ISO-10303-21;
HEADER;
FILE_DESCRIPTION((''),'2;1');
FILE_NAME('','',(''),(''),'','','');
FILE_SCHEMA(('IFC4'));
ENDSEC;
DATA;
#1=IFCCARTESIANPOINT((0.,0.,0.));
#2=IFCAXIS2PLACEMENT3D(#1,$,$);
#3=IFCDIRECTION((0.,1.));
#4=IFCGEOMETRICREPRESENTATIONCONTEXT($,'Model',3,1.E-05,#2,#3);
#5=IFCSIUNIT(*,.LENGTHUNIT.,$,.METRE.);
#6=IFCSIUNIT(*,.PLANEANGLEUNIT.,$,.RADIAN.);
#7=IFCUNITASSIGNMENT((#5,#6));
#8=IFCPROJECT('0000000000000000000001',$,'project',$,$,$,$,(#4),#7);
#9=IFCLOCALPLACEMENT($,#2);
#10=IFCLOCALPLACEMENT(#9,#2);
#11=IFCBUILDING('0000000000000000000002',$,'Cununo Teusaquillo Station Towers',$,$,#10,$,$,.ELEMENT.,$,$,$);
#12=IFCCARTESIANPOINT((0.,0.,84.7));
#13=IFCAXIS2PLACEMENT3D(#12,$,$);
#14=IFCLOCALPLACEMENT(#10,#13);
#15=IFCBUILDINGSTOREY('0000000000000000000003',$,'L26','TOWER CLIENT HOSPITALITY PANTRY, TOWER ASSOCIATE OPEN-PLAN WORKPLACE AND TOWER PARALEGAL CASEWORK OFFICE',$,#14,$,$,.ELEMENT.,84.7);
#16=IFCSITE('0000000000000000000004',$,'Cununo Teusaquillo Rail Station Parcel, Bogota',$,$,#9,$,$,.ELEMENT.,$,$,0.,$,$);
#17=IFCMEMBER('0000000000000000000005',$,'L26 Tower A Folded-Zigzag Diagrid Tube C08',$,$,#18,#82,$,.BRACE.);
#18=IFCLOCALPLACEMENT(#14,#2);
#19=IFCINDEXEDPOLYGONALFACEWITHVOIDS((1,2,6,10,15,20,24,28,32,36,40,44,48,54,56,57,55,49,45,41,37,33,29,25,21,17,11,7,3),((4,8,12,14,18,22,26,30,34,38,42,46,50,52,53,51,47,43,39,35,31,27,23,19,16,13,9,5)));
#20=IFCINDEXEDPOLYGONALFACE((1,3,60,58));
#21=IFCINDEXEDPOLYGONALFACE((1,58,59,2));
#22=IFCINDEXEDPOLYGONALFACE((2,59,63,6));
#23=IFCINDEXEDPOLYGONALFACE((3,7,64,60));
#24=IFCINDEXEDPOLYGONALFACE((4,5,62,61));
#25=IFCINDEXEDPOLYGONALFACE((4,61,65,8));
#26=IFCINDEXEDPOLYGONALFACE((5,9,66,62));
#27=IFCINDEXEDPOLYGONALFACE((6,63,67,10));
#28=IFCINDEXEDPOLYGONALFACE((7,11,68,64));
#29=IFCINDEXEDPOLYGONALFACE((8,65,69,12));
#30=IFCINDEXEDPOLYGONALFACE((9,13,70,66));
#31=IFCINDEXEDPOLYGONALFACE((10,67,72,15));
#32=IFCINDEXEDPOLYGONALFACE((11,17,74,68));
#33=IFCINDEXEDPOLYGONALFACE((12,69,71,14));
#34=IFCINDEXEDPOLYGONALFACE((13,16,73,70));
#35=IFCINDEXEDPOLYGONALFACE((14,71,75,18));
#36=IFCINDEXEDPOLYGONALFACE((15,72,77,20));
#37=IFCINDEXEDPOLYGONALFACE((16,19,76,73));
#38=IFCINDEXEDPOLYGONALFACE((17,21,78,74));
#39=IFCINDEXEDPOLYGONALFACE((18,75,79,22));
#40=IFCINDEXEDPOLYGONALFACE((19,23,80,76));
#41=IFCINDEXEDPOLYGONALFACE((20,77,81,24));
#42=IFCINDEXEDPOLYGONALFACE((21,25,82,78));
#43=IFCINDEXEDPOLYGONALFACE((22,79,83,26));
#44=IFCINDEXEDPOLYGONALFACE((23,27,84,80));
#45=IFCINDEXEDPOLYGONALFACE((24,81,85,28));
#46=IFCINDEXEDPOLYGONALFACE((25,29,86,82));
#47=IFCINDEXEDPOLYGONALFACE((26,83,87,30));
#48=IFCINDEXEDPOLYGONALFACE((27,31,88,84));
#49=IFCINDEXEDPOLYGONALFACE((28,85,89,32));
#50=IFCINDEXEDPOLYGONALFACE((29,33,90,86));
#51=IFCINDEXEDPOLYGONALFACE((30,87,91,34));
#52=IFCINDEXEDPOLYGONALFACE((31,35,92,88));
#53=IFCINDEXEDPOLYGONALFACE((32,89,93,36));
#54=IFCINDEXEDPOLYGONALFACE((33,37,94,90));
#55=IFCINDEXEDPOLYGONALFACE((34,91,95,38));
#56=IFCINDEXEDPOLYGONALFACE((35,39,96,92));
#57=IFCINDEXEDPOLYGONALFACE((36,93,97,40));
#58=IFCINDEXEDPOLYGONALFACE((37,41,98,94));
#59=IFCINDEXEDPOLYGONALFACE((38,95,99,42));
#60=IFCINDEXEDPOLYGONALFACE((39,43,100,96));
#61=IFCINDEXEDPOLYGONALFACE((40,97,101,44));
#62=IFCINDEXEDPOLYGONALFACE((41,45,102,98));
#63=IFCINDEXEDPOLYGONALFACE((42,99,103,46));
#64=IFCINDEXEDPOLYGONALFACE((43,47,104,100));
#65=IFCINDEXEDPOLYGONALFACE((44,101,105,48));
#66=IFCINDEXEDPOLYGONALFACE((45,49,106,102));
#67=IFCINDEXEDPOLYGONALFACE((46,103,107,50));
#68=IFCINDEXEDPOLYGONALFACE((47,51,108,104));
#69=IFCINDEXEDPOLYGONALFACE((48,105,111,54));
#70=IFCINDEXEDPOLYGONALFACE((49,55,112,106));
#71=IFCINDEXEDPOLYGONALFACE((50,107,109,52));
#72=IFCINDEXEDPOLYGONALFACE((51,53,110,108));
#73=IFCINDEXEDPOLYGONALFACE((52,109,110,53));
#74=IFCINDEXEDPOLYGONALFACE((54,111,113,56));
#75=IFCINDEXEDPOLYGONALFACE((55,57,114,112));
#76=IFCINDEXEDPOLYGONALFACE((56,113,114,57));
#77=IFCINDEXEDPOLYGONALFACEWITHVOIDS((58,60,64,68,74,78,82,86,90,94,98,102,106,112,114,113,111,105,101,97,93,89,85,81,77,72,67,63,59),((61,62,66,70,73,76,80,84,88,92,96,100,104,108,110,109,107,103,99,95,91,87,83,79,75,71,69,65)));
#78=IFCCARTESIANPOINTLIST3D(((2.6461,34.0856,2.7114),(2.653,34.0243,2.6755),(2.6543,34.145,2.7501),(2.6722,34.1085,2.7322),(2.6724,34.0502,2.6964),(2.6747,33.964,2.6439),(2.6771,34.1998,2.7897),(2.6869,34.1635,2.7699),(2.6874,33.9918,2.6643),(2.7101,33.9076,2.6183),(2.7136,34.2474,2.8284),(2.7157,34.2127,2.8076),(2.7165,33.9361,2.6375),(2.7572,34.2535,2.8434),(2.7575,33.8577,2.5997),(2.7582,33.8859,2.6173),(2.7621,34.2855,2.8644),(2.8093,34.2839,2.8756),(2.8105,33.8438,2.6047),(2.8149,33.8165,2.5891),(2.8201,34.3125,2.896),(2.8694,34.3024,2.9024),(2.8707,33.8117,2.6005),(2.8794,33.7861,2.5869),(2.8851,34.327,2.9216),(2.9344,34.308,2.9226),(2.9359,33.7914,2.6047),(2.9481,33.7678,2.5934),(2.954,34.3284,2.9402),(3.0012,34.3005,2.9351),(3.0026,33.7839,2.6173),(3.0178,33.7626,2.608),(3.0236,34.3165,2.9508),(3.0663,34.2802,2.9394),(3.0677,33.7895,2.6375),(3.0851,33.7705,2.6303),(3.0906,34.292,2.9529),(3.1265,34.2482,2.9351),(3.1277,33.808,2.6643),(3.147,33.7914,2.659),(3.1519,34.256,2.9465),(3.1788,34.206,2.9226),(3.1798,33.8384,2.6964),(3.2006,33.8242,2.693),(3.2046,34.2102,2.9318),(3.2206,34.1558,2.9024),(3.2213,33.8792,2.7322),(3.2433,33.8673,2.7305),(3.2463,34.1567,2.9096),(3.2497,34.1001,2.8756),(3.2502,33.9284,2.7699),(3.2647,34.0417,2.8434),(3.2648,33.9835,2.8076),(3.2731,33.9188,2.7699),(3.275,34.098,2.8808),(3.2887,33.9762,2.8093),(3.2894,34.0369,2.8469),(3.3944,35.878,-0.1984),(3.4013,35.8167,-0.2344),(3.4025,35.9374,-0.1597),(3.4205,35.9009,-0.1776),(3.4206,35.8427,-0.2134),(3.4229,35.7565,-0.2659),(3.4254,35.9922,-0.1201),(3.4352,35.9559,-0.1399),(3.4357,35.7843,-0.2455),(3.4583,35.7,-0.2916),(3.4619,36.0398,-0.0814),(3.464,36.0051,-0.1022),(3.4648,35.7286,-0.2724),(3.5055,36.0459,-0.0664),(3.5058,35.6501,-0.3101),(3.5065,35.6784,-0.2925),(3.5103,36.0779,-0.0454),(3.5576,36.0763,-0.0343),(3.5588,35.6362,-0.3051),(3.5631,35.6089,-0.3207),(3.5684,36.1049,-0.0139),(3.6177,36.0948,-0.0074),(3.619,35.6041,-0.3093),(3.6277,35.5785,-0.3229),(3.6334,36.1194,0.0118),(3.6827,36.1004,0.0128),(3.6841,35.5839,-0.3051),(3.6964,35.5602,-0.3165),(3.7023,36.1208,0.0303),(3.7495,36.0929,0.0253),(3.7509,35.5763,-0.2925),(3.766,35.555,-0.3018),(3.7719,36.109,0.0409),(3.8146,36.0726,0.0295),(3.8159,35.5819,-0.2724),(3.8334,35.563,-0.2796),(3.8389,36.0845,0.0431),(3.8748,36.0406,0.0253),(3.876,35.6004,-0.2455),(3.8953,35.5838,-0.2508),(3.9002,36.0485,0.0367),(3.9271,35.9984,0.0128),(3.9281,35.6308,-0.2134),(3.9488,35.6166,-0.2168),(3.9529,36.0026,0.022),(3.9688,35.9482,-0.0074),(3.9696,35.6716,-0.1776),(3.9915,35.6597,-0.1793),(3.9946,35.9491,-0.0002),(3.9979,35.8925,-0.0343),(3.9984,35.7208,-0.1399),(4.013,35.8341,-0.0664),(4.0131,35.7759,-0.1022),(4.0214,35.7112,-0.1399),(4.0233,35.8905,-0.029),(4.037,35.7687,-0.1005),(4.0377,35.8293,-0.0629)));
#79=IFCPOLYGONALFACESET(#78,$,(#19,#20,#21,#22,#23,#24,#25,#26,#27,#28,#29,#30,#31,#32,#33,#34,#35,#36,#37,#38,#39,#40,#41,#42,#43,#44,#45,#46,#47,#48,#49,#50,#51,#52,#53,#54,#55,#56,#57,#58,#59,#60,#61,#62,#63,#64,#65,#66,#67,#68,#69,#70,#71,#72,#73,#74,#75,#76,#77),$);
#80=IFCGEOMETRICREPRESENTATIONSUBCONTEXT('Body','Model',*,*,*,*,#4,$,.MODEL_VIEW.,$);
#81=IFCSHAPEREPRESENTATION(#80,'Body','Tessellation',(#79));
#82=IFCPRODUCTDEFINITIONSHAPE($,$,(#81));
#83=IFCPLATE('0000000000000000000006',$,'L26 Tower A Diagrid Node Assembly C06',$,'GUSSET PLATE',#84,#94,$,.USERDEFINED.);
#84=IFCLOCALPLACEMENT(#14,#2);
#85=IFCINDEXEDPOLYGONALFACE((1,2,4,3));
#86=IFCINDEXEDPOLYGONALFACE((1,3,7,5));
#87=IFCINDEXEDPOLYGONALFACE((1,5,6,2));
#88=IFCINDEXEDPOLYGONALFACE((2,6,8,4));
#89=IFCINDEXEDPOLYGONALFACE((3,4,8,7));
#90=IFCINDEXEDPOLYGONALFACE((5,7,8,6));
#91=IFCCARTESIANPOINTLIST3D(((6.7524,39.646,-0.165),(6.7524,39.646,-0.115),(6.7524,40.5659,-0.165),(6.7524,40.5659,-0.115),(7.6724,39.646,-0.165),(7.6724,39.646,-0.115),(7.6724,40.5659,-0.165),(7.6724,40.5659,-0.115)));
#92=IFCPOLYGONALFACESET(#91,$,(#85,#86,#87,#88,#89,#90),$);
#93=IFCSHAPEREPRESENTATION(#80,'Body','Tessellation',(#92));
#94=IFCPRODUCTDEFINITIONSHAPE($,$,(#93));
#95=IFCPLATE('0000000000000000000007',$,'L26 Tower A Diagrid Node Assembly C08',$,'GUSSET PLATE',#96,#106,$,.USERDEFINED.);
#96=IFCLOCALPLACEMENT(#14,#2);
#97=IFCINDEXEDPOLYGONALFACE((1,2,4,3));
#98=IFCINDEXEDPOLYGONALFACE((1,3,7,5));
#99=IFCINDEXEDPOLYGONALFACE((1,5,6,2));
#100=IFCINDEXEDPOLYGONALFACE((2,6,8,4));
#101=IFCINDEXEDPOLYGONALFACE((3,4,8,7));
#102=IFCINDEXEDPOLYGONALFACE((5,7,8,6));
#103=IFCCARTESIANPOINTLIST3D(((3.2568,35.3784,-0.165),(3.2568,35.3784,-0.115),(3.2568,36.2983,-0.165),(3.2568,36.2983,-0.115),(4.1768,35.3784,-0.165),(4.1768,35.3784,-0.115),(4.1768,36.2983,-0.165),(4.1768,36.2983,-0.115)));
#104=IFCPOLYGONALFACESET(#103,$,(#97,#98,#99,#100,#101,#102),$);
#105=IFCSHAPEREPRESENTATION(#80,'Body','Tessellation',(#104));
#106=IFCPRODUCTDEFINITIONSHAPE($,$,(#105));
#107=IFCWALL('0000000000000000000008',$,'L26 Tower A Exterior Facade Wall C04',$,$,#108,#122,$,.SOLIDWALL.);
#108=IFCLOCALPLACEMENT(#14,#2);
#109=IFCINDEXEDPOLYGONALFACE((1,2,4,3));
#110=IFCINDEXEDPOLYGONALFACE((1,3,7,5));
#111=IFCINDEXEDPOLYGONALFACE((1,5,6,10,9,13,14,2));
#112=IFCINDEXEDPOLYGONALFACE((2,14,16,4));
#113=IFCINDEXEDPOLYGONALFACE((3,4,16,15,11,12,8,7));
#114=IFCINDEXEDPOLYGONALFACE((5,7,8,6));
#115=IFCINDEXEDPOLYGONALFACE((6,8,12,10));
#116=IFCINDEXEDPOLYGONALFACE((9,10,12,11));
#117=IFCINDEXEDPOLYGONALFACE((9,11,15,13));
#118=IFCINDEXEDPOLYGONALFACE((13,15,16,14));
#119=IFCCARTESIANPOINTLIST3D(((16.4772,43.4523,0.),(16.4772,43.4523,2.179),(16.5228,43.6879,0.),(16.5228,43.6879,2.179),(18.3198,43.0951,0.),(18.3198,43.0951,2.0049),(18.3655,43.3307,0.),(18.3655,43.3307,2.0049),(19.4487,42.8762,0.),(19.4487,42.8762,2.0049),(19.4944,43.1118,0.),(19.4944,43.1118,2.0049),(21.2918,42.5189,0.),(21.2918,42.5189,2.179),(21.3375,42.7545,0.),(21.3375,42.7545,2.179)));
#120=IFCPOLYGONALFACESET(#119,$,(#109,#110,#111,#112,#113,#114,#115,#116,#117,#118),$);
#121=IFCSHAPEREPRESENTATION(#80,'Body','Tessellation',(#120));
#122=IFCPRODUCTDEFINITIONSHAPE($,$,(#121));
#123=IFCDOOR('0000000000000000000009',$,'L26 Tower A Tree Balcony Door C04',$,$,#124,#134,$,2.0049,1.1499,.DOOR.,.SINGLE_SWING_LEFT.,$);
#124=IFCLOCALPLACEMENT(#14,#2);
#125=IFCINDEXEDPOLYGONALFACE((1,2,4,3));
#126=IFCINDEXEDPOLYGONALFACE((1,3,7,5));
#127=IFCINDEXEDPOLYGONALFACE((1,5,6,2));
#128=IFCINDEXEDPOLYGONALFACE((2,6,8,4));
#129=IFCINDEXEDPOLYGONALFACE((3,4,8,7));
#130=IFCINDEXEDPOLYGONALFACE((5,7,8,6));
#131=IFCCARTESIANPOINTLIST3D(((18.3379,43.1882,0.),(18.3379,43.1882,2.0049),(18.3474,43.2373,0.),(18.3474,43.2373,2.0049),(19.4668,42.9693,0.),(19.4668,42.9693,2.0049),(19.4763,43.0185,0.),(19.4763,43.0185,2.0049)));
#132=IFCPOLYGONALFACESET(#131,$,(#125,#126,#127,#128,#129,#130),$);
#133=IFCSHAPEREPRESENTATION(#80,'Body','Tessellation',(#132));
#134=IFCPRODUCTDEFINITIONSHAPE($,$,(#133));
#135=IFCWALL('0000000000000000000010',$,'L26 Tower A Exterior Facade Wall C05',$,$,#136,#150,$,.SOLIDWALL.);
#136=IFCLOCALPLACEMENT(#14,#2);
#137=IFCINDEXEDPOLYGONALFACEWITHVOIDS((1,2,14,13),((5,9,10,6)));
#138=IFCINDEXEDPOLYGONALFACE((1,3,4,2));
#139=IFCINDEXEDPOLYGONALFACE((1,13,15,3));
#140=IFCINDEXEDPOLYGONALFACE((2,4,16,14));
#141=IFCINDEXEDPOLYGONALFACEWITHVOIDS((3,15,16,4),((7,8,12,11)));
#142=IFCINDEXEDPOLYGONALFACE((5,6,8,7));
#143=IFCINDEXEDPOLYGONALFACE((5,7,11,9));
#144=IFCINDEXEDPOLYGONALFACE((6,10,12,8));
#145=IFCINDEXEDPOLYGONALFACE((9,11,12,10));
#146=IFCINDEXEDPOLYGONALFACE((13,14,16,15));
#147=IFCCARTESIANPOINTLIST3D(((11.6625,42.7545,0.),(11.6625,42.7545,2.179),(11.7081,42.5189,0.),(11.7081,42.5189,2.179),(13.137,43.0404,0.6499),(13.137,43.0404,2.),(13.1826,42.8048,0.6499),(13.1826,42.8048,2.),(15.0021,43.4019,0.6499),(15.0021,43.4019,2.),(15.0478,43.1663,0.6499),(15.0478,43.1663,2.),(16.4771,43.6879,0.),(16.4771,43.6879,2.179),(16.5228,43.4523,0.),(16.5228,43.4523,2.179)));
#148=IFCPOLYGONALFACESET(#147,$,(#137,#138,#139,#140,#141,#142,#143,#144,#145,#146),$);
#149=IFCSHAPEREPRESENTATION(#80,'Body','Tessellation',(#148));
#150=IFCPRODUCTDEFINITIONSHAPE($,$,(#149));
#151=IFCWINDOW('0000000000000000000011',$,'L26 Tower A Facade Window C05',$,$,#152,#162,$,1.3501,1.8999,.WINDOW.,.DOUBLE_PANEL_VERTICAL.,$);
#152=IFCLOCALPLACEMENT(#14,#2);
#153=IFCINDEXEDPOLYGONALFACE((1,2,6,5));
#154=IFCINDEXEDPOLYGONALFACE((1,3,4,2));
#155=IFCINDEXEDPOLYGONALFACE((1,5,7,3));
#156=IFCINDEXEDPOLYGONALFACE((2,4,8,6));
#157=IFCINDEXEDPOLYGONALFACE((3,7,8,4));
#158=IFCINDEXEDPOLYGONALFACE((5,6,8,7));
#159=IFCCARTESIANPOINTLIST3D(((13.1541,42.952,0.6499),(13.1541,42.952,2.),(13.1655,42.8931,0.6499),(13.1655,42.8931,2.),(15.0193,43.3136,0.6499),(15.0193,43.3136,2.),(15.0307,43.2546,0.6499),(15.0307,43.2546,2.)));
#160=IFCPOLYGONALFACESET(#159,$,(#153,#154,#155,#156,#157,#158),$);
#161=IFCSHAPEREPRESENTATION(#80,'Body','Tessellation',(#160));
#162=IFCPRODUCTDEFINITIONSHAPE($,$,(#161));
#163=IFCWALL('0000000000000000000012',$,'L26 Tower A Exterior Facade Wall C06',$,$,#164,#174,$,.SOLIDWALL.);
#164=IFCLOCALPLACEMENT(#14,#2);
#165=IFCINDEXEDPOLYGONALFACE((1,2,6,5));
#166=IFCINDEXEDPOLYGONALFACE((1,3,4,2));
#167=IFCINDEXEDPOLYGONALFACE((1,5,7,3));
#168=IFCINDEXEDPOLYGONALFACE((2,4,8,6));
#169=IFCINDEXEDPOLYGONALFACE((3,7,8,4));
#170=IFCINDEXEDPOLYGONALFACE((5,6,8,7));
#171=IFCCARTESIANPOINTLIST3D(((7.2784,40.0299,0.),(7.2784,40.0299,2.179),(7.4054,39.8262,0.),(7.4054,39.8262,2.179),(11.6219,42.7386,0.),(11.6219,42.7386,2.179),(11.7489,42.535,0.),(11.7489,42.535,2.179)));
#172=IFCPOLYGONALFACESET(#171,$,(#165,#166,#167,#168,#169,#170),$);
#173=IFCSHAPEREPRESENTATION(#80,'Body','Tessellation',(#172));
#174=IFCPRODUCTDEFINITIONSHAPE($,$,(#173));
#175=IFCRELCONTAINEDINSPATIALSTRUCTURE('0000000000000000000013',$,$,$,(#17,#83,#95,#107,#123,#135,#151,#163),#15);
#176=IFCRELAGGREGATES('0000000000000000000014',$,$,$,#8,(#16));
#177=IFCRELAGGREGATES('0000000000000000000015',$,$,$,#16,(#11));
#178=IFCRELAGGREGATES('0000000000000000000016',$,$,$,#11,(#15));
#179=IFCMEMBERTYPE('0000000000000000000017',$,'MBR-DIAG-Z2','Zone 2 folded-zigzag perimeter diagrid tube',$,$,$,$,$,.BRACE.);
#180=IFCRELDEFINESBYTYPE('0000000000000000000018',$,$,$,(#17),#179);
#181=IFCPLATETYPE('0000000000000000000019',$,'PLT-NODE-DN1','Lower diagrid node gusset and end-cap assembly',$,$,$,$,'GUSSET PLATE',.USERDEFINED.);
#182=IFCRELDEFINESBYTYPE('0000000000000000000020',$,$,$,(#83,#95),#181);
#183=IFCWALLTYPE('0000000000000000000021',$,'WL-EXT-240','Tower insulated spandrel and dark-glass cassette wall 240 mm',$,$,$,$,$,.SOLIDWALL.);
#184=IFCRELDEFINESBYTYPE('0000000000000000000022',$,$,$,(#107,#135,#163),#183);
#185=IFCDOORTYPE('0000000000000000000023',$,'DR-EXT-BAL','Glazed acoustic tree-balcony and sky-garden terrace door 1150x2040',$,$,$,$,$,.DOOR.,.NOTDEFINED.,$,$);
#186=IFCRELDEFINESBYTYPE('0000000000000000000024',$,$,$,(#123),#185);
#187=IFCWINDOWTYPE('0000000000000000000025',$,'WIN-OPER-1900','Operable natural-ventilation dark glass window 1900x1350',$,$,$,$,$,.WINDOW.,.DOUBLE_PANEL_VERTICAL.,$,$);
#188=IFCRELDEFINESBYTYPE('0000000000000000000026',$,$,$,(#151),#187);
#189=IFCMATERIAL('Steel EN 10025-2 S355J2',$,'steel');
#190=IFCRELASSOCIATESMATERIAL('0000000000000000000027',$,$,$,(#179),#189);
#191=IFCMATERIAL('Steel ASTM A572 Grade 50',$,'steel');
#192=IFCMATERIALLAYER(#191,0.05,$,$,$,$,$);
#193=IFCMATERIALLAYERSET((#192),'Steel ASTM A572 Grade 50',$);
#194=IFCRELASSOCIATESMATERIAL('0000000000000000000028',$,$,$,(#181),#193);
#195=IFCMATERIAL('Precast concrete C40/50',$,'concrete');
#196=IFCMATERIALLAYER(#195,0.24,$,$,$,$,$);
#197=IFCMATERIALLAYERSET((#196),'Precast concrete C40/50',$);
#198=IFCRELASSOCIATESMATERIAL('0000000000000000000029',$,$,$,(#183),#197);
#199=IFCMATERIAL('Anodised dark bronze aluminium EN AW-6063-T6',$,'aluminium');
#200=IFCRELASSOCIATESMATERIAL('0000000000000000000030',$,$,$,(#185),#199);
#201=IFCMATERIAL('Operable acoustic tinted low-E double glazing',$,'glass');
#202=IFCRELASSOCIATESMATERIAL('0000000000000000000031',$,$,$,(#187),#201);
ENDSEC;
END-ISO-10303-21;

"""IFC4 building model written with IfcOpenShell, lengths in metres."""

from ifc_helpers import new_model, si_unit, direction, frame, frame_2d, origin, origin_2d, place, context, subcontext, project, spatial, rectangle, hollow_circle, extrude, source, transform, mapped, material, layer, layer_set, material_profile, profile_set, type_object, element, fill, save


model = new_model("IFC4")

# Units and contexts
model_context = context("Model", 3, precision=1e-05, world=origin(), true_north=direction((0.0, 1.0)))
body_context = subcontext(model_context, "Body", "Model", "MODEL_VIEW")
ifc_project = project(units=[si_unit("LENGTHUNIT", "METRE"), si_unit("PLANEANGLEUNIT", "RADIAN")], contexts=[model_context])

# Site, building, storey
site_placement = place(None, origin())
site = spatial("IfcSite", under=ifc_project, at=site_placement, Name="Cununo Teusaquillo Rail Station Parcel, Bogota", CompositionType="ELEMENT", RefElevation=0.0)
building_placement = place(site_placement, origin())
building = spatial("IfcBuilding", under=site, at=building_placement, Name="Cununo Teusaquillo Station Towers", CompositionType="ELEMENT")
storey_placement = place(building_placement, frame((0.0, 0.0, 84.7)))
storey = spatial("IfcBuildingStorey", under=building, at=storey_placement, Name="L26", Description="TOWER CLIENT HOSPITALITY PANTRY, TOWER ASSOCIATE OPEN-PLAN WORKPLACE AND TOWER PARALEGAL CASEWORK OFFICE", CompositionType="ELEMENT", Elevation=84.7)

# Member
ifc_material_1 = material(Name="Steel EN 10025-2 S355J2", Category="steel")
ifc_material_profile_1 = material_profile(ifc_material_1, hollow_circle(Radius=0.3301, WallThickness=0.0249, at=origin_2d()), Name="CHS 660x25")
ifc_profile_set_1 = profile_set([ifc_material_profile_1], Name="Steel EN 10025-2 S355J2")
member_type = type_object("IfcMemberType", Name="MBR-DIAG-Z2", Description="Zone 2 folded-zigzag perimeter diagrid tube", PredefinedType="BRACE", material=ifc_profile_set_1)
member_1_placement = place(storey_placement, frame((3.7168, 35.8384, -0.1399), z_axis=(-0.21388, -0.512336, 0.831726), x_axis=(0.922816, -0.38524, 0.0)))
element("IfcMember", 1, at=member_1_placement, inside=storey, type_object=member_type, Name="L26 Tower A Folded-Zigzag Diagrid Tube C08", PredefinedType="BRACE", context=body_context, shape_type="SweptSolid", body=[
    extrude(hollow_circle(Radius=0.3301, WallThickness=0.0249, at=origin_2d()), origin(), (0.0, 0.0, 1.0), 3.4985),
])

# Plates
ifc_material_2 = material(Name="Steel ASTM A572 Grade 50", Category="steel")
ifc_layer_1 = layer(ifc_material_2, 0.05)
ifc_layer_set_1 = layer_set([ifc_layer_1], Name="Steel ASTM A572 Grade 50")
plate_type = type_object("IfcPlateType", Name="PLT-NODE-DN1", Description="Lower diagrid node gusset and end-cap assembly", ElementType="GUSSET PLATE", PredefinedType="USERDEFINED", material=ifc_layer_set_1)
shared_shape_1 = source(origin(), body_context, "Body", "SweptSolid", [
    extrude(rectangle(XDim=0.9199, YDim=0.9199, at=origin_2d()), origin(), (0.0, 0.0, 1.0), 0.05),
])
for number, where, z_axis, x_axis, name in (
    (2, (7.2124, 40.106, -0.165), (0.0, 0.0, 1.0), (1.0, 0.0, 0.0), "L26 Tower A Diagrid Node Assembly C06"),
    (3, (3.7168, 35.8384, -0.165), (0.0, 0.0, 1.0), (1.0, 0.0, 0.0), "L26 Tower A Diagrid Node Assembly C08"),
):
    element("IfcPlate", number, at=place(storey_placement, frame(where, z_axis=z_axis, x_axis=x_axis)), inside=storey, type_object=plate_type, Name=name, ObjectType="GUSSET PLATE", PredefinedType="USERDEFINED", context=body_context, shape_type="MappedRepresentation", body=[
        mapped(shared_shape_1, transform((0.0, 0.0, 0.0), x_axis=(1.0, 0.0, 0.0), y_axis=(0.0, 1.0, 0.0), z_axis=(0.0, 0.0, 1.0), scale=1.0)),
    ])

# Wall, opening, door
ifc_material_3 = material(Name="Precast concrete C40/50", Category="concrete")
ifc_layer_2 = layer(ifc_material_3, 0.24)
ifc_layer_set_2 = layer_set([ifc_layer_2], Name="Precast concrete C40/50")
wall_type_1 = type_object("IfcWallType", Name="WL-EXT-240", Description="Tower insulated spandrel and dark-glass cassette wall 240 mm", PredefinedType="SOLIDWALL", material=ifc_layer_set_2)
wall_1_placement = place(storey_placement, frame((16.5, 43.5701, 0.0), z_axis=(0.0, 0.0, 1.0), x_axis=(0.981724, -0.190311, 0.0)))
wall_1 = element("IfcWall", 4, at=wall_1_placement, inside=storey, type_object=wall_type_1, Name="L26 Tower A Exterior Facade Wall C04", PredefinedType="SOLIDWALL", context=body_context, shape_type="SweptSolid", body=[
    extrude(rectangle(XDim=4.9043, YDim=0.24, at=frame_2d((2.4521, 0.0))), origin(), (0.0, 0.0, 1.0), 2.179),
])
shared_shape_2 = source(origin(), body_context, "Body", "SweptSolid", [
    extrude(rectangle(XDim=1.1499, YDim=2.0049, at=frame_2d((0.575, 1.0024))), frame((0.0, 0.1299, 0.0), z_axis=(0.0, -1.0, 0.0), x_axis=(1.0, 0.0, 0.0)), (0.0, 0.0, 1.0), 0.26),
])
opening_1_placement = place(wall_1_placement, frame((1.877, 0.0, 0.0)))
opening_1 = element("IfcOpeningElement", 5, at=opening_1_placement, cuts=wall_1, PredefinedType="OPENING", context=body_context, shape_type="MappedRepresentation", body=[
    mapped(shared_shape_2, transform((0.0, 0.0, 0.0), x_axis=(1.0, 0.0, 0.0), y_axis=(0.0, 1.0, 0.0), z_axis=(0.0, 0.0, 1.0), scale=1.0)),
])
ifc_material_4 = material(Name="Anodised dark bronze aluminium EN AW-6063-T6", Category="aluminium")
door_type_1 = type_object("IfcDoorType", Name="DR-EXT-BAL", Description="Glazed acoustic tree-balcony and sky-garden terrace door 1150x2040", OperationType="NOTDEFINED", PredefinedType="DOOR", material=ifc_material_4)
shared_shape_3 = source(origin(), body_context, "Body", "SweptSolid", [
    extrude(rectangle(XDim=1.1499, YDim=2.0049, at=frame_2d((0.575, 1.0024))), frame((0.0, 0.0249, 0.0), z_axis=(0.0, -1.0, 0.0), x_axis=(1.0, 0.0, 0.0)), (0.0, 0.0, 1.0), 0.05),
])
door_1_placement = place(opening_1_placement, origin())
door_1 = element("IfcDoor", 6, at=door_1_placement, inside=storey, type_object=door_type_1, Name="L26 Tower A Tree Balcony Door C04", OperationType="SINGLE_SWING_LEFT", OverallHeight=2.0049, OverallWidth=1.1499, PredefinedType="DOOR", context=body_context, shape_type="MappedRepresentation", body=[
    mapped(shared_shape_3, transform((0.0, 0.0, 0.0), x_axis=(1.0, 0.0, 0.0), y_axis=(0.0, 1.0, 0.0), z_axis=(0.0, 0.0, 1.0), scale=1.0)),
])
fill(opening_1, door_1)

# Wall, opening, window
wall_2_placement = place(storey_placement, frame((11.6853, 42.6367, 0.0), z_axis=(0.0, 0.0, 1.0), x_axis=(0.981724, 0.190311, 0.0)))
wall_2 = element("IfcWall", 7, at=wall_2_placement, inside=storey, type_object=wall_type_1, Name="L26 Tower A Exterior Facade Wall C05", PredefinedType="SOLIDWALL", context=body_context, shape_type="SweptSolid", body=[
    extrude(rectangle(XDim=4.9043, YDim=0.24, at=frame_2d((2.4521, 0.0))), origin(), (0.0, 0.0, 1.0), 2.179),
])
shared_shape_4 = source(origin(), body_context, "Body", "SweptSolid", [
    extrude(rectangle(XDim=1.8999, YDim=1.3501, at=frame_2d((0.95, 0.675))), frame((0.0, 0.1299, 0.0), z_axis=(0.0, -1.0, 0.0), x_axis=(1.0, 0.0, 0.0)), (0.0, 0.0, 1.0), 0.26),
])
opening_2_placement = place(wall_2_placement, frame((1.502, 0.0, 0.6499)))
opening_2 = element("IfcOpeningElement", 8, at=opening_2_placement, cuts=wall_2, PredefinedType="OPENING", context=body_context, shape_type="MappedRepresentation", body=[
    mapped(shared_shape_4, transform((0.0, 0.0, 0.0), x_axis=(1.0, 0.0, 0.0), y_axis=(0.0, 1.0, 0.0), z_axis=(0.0, 0.0, 1.0), scale=1.0)),
])
ifc_material_5 = material(Name="Operable acoustic tinted low-E double glazing", Category="glass")
window_type_1 = type_object("IfcWindowType", Name="WIN-OPER-1900", Description="Operable natural-ventilation dark glass window 1900x1350", PartitioningType="DOUBLE_PANEL_VERTICAL", PredefinedType="WINDOW", material=ifc_material_5)
shared_shape_5 = source(origin(), body_context, "Body", "SweptSolid", [
    extrude(rectangle(XDim=1.8999, YDim=1.3501, at=frame_2d((0.95, 0.675))), frame((0.0, 0.03, 0.0), z_axis=(0.0, -1.0, 0.0), x_axis=(1.0, 0.0, 0.0)), (0.0, 0.0, 1.0), 0.0601),
])
window_1_placement = place(opening_2_placement, origin())
window_1 = element("IfcWindow", 9, at=window_1_placement, inside=storey, type_object=window_type_1, Name="L26 Tower A Facade Window C05", OverallHeight=1.3501, OverallWidth=1.8999, PartitioningType="DOUBLE_PANEL_VERTICAL", PredefinedType="WINDOW", context=body_context, shape_type="MappedRepresentation", body=[
    mapped(shared_shape_5, transform((0.0, 0.0, 0.0), x_axis=(1.0, 0.0, 0.0), y_axis=(0.0, 1.0, 0.0), z_axis=(0.0, 0.0, 1.0), scale=1.0)),
])
fill(opening_2, window_1)

# Wall
wall_3_placement = place(storey_placement, frame((7.3418, 39.928, 0.0), z_axis=(0.0, 0.0, 1.0), x_axis=(0.84852, 0.529163, 0.0)))
element("IfcWall", 10, at=wall_3_placement, inside=storey, type_object=wall_type_1, Name="L26 Tower A Exterior Facade Wall C06", PredefinedType="SOLIDWALL", context=body_context, shape_type="SweptSolid", body=[
    extrude(rectangle(XDim=5.1189, YDim=0.24, at=frame_2d((2.5596, 0.0))), origin(), (0.0, 0.0, 1.0), 2.179),
])

save(model, "model.ifc")
